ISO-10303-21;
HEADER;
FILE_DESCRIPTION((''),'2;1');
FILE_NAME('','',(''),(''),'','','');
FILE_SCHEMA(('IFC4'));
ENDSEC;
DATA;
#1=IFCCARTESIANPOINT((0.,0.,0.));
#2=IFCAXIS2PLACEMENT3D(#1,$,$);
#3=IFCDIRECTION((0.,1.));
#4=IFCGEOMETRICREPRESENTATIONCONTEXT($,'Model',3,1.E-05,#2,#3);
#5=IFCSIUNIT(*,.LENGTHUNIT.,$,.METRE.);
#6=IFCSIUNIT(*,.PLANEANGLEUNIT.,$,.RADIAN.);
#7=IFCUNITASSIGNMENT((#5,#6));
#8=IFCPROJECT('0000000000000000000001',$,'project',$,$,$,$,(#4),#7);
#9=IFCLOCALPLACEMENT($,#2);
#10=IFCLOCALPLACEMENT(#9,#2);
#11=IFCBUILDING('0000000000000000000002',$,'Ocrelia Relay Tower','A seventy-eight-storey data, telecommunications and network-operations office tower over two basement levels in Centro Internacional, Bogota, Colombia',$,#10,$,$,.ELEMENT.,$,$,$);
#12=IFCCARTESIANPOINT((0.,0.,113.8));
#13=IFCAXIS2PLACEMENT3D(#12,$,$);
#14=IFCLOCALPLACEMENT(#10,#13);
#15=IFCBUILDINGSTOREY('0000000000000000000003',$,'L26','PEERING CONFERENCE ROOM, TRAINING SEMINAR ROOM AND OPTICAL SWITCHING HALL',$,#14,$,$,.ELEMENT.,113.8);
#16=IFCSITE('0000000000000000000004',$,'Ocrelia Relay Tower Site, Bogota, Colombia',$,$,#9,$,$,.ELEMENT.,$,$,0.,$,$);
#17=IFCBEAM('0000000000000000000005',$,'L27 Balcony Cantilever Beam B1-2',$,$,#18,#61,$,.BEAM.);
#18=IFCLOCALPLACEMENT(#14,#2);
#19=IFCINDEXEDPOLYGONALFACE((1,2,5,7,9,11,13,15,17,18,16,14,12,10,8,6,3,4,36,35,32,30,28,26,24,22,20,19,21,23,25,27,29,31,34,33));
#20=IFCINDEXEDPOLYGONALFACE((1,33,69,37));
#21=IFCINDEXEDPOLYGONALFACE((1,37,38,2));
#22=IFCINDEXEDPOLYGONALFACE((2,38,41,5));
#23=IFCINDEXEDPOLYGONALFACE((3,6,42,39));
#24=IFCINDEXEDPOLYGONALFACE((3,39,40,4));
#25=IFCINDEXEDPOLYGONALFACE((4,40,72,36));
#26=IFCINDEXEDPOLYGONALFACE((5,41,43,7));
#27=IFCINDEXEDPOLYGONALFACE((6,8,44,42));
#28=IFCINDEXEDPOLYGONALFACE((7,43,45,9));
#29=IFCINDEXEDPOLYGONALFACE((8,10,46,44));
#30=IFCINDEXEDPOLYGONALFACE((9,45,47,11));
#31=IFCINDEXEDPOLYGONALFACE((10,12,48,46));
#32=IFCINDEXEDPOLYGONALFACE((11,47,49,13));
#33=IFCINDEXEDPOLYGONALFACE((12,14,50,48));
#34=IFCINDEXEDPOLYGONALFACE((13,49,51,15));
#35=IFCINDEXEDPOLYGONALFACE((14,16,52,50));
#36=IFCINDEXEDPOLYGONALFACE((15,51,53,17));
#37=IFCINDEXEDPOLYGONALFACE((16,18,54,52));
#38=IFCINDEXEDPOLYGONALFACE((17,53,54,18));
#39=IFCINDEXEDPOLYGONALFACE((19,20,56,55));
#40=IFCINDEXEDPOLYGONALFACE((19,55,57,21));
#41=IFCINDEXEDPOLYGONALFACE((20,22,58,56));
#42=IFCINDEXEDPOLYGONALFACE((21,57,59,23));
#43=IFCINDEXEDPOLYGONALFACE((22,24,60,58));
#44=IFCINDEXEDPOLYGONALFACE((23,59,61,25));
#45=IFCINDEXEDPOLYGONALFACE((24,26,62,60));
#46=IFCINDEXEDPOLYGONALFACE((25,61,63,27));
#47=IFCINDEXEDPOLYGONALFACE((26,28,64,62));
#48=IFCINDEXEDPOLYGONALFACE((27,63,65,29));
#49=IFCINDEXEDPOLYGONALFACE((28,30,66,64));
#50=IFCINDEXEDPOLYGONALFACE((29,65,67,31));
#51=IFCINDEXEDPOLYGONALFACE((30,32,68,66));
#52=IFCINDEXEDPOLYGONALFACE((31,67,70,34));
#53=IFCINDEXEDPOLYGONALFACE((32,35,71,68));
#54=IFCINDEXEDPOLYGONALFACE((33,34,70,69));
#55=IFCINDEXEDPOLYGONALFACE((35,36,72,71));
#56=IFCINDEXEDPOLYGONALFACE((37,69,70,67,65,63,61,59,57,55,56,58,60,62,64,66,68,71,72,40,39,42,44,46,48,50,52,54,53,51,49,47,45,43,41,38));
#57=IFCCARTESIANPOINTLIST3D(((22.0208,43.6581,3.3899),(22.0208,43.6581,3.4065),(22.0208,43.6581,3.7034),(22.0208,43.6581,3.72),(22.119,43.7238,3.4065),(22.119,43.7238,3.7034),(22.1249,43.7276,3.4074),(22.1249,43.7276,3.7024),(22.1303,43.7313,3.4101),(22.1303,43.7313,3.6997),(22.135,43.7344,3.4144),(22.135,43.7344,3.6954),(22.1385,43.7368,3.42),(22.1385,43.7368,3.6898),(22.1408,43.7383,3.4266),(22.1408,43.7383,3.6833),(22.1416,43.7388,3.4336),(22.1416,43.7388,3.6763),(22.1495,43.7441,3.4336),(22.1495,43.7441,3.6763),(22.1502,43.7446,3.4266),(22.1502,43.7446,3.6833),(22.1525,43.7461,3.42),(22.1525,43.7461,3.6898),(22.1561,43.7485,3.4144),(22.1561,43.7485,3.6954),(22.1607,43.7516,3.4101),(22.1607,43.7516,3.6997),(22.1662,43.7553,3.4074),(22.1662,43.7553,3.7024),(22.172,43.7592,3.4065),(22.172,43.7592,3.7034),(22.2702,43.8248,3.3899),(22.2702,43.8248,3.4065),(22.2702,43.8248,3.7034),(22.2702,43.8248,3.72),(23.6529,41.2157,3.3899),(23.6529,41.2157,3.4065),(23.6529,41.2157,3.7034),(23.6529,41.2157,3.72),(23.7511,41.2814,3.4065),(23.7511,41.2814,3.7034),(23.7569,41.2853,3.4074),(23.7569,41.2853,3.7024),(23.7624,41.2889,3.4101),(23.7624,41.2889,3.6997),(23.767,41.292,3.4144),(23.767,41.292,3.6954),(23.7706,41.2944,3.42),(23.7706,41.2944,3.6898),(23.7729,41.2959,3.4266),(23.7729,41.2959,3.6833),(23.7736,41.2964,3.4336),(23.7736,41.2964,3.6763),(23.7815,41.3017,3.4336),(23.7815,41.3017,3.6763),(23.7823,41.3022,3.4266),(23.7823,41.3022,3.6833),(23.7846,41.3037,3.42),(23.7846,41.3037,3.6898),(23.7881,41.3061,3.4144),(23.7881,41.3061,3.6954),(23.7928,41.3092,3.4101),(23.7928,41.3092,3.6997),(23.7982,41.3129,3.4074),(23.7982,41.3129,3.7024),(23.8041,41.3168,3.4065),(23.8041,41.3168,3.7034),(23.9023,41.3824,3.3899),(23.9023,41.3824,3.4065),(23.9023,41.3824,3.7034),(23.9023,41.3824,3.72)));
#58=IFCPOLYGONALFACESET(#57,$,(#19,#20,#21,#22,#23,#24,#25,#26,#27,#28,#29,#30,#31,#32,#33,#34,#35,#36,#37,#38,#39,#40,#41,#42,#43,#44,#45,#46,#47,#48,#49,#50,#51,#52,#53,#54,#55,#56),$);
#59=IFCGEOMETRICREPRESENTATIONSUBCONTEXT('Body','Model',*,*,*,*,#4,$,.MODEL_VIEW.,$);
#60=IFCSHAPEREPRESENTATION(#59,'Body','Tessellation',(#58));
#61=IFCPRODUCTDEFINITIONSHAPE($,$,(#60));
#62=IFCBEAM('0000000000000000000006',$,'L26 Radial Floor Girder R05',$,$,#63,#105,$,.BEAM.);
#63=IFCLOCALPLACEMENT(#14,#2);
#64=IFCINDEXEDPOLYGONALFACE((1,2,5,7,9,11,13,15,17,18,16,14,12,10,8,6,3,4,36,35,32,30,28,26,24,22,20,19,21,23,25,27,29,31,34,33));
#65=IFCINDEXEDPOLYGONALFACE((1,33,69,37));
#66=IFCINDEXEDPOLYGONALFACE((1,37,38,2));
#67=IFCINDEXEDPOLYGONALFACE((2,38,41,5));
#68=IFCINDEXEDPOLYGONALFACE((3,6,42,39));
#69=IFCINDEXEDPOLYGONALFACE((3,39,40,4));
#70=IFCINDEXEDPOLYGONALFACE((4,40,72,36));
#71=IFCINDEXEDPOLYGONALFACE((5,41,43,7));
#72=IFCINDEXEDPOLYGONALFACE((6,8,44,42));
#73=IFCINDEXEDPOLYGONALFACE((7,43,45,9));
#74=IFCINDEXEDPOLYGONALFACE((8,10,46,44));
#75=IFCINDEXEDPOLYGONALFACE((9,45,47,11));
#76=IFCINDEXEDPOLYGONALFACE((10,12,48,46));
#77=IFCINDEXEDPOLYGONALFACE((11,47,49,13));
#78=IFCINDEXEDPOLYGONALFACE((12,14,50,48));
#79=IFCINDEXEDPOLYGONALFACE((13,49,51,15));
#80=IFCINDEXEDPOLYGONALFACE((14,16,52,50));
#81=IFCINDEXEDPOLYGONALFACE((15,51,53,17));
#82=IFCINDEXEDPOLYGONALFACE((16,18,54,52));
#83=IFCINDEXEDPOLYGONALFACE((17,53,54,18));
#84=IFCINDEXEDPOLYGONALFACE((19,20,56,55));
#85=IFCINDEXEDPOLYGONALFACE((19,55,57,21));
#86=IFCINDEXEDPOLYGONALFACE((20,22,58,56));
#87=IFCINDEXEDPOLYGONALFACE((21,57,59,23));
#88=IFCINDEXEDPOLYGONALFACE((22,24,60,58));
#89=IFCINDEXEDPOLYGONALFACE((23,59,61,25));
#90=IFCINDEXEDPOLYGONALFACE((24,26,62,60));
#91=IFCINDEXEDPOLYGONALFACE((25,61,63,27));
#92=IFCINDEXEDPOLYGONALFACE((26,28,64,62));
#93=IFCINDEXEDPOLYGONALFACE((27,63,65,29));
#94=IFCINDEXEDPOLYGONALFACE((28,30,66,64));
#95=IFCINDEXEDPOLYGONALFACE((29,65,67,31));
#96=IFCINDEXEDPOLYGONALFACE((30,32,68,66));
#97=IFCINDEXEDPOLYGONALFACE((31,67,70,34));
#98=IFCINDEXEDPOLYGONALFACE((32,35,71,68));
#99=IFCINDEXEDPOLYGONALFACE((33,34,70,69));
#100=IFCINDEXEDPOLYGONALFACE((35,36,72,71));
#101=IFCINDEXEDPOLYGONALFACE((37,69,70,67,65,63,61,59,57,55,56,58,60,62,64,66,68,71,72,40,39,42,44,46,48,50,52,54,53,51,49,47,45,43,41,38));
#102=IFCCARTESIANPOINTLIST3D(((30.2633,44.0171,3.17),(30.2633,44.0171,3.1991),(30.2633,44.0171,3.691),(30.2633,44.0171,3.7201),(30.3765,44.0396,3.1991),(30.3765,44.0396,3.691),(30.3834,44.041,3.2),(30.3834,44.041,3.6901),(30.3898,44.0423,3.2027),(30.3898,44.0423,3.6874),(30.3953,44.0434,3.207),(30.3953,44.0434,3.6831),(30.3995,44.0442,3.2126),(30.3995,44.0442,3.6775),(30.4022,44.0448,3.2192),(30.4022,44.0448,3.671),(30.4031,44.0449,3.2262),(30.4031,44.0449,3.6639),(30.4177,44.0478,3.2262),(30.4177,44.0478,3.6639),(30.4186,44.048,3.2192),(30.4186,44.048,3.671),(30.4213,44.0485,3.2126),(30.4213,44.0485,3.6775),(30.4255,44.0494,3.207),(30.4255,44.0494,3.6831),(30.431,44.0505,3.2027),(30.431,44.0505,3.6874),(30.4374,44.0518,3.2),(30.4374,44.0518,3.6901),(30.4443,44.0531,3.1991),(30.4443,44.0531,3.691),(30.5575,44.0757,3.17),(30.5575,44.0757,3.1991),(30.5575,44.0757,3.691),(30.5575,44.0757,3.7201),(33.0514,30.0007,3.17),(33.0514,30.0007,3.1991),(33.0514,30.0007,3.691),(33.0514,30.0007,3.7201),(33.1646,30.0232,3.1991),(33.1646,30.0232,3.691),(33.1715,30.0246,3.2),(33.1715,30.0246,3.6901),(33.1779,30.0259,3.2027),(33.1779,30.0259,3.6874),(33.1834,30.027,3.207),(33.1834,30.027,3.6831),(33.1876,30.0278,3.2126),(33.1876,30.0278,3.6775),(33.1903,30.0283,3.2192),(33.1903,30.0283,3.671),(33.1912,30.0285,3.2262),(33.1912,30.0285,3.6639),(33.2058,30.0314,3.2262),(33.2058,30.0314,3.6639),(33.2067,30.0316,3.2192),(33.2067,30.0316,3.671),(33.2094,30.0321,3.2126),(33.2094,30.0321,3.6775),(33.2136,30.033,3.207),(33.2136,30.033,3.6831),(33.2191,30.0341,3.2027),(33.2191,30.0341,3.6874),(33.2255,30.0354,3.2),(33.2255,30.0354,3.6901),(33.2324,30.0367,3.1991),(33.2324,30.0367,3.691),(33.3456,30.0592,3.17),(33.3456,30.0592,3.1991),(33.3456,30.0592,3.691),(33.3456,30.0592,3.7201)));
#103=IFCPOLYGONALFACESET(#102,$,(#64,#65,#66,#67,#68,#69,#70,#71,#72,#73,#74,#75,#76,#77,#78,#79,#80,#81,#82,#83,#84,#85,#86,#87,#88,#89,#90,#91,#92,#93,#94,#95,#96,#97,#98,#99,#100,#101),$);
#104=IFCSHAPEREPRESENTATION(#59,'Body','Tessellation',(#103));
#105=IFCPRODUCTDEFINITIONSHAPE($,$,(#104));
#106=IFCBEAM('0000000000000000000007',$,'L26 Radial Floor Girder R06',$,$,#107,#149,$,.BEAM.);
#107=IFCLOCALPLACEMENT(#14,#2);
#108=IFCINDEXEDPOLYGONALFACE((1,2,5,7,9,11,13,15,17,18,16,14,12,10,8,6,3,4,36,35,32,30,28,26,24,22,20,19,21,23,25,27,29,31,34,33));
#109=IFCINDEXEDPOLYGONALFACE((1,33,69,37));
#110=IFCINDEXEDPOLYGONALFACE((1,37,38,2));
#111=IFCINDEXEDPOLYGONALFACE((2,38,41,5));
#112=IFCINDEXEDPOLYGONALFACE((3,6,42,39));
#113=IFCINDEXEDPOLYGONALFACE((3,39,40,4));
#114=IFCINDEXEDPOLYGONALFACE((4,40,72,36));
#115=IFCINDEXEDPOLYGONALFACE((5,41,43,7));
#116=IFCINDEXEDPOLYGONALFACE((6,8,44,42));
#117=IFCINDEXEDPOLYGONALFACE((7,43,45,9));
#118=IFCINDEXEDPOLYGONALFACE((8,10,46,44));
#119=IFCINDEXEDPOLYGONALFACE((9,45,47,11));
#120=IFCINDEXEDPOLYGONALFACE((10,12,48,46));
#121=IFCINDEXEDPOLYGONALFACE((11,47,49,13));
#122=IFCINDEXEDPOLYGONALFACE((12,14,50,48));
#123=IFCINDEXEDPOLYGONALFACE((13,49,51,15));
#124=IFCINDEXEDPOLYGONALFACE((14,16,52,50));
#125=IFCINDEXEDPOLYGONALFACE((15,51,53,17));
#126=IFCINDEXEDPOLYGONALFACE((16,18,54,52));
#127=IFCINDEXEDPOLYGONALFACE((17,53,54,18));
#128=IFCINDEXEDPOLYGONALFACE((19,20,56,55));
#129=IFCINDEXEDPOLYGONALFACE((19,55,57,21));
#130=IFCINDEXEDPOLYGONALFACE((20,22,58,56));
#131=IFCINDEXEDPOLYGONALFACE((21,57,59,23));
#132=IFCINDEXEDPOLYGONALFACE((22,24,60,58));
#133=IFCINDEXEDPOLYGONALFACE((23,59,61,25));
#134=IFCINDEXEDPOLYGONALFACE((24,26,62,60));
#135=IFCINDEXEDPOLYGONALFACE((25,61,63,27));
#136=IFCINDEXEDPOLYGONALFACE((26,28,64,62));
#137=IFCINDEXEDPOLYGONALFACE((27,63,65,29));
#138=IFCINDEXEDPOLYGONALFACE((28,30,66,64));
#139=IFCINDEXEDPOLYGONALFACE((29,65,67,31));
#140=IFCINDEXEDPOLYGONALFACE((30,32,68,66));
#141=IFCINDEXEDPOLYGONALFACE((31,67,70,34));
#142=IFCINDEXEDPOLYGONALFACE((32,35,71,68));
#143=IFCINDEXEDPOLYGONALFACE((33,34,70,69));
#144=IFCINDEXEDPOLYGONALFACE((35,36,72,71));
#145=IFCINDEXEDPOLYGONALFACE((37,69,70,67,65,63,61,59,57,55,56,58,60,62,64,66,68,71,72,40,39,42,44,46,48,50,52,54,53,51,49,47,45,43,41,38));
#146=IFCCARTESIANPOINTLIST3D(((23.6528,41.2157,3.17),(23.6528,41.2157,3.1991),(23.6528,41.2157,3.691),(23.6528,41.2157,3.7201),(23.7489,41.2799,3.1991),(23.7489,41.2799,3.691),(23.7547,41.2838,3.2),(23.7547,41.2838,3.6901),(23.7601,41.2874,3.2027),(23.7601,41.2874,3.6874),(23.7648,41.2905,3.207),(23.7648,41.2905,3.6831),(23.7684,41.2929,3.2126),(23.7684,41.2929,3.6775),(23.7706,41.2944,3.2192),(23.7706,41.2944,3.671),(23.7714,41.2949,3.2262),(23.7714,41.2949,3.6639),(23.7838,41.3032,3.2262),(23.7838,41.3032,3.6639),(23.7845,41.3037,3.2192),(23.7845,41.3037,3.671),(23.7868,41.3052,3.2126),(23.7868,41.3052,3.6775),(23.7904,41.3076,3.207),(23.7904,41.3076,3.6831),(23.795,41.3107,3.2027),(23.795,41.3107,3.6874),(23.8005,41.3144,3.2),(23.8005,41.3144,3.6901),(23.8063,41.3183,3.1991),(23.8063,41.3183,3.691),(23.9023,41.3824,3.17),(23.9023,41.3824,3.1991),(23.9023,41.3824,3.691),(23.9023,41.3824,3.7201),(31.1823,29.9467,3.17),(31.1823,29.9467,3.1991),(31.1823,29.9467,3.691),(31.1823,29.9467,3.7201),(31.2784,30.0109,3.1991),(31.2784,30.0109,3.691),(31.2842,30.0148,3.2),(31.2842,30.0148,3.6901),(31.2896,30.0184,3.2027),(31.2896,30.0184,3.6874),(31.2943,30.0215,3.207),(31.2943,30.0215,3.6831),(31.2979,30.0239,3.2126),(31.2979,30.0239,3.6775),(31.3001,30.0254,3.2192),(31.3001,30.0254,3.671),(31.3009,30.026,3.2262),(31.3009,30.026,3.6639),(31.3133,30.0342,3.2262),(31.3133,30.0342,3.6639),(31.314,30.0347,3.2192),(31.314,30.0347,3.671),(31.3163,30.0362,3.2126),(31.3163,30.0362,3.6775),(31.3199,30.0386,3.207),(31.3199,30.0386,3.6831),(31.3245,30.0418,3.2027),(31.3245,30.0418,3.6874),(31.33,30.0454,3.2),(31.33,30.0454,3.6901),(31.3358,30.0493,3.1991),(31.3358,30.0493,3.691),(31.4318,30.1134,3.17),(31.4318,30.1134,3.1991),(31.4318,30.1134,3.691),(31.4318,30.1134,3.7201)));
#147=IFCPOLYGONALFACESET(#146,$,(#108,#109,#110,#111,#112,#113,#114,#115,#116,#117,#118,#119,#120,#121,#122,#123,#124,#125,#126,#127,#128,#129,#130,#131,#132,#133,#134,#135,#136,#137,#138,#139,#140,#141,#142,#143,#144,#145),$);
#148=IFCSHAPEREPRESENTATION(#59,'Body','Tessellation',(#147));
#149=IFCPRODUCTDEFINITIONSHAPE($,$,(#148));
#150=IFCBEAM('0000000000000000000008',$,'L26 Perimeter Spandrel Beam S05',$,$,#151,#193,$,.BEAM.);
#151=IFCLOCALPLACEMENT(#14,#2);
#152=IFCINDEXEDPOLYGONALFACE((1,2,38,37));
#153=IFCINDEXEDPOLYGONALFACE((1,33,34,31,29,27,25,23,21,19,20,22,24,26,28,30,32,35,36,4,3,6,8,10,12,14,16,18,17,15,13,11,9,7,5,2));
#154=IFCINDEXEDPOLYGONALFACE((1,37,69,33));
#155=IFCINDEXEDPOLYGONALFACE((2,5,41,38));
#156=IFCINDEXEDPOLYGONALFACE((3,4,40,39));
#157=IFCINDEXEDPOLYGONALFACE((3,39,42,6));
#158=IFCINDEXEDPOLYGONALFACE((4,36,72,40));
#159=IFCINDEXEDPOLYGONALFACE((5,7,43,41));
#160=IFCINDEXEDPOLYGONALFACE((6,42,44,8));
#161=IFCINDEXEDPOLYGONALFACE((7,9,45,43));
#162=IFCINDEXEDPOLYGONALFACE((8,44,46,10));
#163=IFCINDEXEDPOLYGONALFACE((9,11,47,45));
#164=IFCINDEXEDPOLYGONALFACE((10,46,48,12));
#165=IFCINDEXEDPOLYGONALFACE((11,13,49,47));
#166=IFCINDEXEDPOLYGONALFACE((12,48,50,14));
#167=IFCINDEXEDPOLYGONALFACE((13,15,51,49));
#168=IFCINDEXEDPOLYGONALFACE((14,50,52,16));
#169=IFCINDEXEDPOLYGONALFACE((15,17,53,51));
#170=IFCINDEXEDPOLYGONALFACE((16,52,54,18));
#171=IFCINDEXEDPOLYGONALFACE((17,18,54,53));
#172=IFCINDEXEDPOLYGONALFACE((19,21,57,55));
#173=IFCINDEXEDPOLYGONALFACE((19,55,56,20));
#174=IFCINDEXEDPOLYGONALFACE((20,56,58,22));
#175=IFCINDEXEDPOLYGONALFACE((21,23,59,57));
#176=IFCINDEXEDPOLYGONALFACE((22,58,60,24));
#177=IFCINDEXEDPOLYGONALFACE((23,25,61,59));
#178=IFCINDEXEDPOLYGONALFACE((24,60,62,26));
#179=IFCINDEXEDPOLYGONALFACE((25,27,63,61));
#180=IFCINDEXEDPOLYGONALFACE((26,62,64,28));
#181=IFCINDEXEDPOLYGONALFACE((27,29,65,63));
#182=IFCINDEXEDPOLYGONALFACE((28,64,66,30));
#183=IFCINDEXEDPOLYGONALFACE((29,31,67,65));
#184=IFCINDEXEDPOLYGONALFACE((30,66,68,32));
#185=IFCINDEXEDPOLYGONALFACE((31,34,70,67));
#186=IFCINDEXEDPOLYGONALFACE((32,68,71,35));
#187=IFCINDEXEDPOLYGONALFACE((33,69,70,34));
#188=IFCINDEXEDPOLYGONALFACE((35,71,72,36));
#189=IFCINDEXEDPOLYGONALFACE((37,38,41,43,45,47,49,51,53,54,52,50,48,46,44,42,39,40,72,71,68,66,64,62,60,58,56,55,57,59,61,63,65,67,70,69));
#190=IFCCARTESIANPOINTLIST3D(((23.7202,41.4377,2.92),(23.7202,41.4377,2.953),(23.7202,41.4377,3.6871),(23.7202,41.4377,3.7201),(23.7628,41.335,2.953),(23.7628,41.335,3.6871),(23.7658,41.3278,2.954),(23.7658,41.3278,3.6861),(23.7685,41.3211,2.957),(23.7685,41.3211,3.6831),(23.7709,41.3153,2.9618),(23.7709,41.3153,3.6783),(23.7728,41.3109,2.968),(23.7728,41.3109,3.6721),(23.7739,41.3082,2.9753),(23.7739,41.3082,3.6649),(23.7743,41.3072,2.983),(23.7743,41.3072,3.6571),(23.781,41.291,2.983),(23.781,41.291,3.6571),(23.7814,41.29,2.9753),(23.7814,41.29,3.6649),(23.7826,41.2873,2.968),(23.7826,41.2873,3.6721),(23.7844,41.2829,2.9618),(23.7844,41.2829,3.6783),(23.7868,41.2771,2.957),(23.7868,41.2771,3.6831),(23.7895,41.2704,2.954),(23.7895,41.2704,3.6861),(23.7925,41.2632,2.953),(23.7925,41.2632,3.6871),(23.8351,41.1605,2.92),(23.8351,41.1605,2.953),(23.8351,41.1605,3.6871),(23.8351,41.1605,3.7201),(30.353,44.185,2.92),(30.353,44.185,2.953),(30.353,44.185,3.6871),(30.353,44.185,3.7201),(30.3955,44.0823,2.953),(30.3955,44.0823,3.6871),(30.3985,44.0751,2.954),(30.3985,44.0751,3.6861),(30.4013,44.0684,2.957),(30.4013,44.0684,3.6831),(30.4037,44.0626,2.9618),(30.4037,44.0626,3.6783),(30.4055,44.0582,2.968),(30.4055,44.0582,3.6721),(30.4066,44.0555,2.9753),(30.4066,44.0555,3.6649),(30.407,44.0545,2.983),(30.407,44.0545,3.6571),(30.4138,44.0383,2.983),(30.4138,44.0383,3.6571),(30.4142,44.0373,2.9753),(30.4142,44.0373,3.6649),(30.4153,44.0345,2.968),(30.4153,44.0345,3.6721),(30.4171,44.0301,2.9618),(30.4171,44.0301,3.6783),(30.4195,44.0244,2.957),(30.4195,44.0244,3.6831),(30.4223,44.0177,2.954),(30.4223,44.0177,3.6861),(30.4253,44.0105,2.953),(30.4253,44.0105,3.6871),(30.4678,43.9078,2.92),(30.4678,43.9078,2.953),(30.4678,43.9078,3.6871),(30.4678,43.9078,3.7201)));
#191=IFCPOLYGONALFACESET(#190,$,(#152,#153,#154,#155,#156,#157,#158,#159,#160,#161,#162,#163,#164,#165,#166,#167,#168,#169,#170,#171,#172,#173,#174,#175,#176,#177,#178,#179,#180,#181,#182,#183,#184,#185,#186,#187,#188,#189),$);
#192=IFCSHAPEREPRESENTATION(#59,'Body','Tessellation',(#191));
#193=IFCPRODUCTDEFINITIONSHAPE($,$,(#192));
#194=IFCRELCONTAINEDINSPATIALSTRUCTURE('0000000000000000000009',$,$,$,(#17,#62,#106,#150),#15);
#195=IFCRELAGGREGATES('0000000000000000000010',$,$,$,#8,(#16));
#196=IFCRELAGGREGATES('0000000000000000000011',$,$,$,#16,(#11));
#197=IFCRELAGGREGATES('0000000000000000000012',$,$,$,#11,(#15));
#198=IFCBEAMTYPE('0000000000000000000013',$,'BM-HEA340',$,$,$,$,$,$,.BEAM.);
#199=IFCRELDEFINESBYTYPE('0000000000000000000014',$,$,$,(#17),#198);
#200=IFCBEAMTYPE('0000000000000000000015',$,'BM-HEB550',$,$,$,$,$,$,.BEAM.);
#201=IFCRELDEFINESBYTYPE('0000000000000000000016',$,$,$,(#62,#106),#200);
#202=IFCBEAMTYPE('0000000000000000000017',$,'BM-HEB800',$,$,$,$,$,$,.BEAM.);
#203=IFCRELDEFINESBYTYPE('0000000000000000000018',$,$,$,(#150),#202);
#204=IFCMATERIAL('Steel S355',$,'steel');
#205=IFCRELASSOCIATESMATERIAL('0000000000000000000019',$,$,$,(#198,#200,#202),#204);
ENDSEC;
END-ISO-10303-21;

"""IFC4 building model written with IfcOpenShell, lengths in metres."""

from ifc_helpers import new_model, si_unit, direction, frame, origin, origin_2d, place, context, subcontext, project, spatial, i_section, extrude, material, material_profile, profile_set, type_object, element, save


model = new_model("IFC4")

# Units and contexts
model_context = context("Model", 3, precision=1e-05, world=origin(), true_north=direction((0.0, 1.0)))
body_context = subcontext(model_context, "Body", "Model", "MODEL_VIEW")
ifc_project = project(units=[si_unit("LENGTHUNIT", "METRE"), si_unit("PLANEANGLEUNIT", "RADIAN")], contexts=[model_context])

# Site, building, storey
site_placement = place(None, origin())
site = spatial("IfcSite", under=ifc_project, at=site_placement, Name="Ocrelia Relay Tower Site, Bogota, Colombia", CompositionType="ELEMENT", RefElevation=0.0)
building_placement = place(site_placement, origin())
building = spatial("IfcBuilding", under=site, at=building_placement, Name="Ocrelia Relay Tower", Description="A seventy-eight-storey data, telecommunications and network-operations office tower over two basement levels in Centro Internacional, Bogota, Colombia", CompositionType="ELEMENT")
storey_placement = place(building_placement, frame((0.0, 0.0, 113.8)))
storey = spatial("IfcBuildingStorey", under=building, at=storey_placement, Name="L26", Description="PEERING CONFERENCE ROOM, TRAINING SEMINAR ROOM AND OPTICAL SWITCHING HALL", CompositionType="ELEMENT", Elevation=113.8)

# Beams
ifc_material_1 = material(Name="Steel S355", Category="steel")
ifc_material_profile_1 = material_profile(ifc_material_1, i_section(OverallWidth=0.3, OverallDepth=0.3301, WebThickness=0.0095, FlangeThickness=0.0166, FilletRadius=0.0271, at=origin_2d()), Name="HEA 340")
ifc_profile_set_1 = profile_set([ifc_material_profile_1], Name="Steel S355")
beam_type_1 = type_object("IfcBeamType", Name="BM-HEA340", PredefinedType="BEAM", material=ifc_profile_set_1)
beam_1_placement = place(storey_placement, frame((23.7776, 41.2991, 3.5549), z_axis=(-0.555601, 0.831449, 0.0), x_axis=(-0.831449, -0.555601, 0.0)))
element("IfcBeam", 1, at=beam_1_placement, inside=storey, type_object=beam_type_1, Name="L27 Balcony Cantilever Beam B1-2", PredefinedType="BEAM", context=body_context, shape_type="SweptSolid", body=[
    extrude(i_section(OverallWidth=0.3, OverallDepth=0.3301, WebThickness=0.0095, FlangeThickness=0.0166, FilletRadius=0.0271, at=origin_2d()), origin(), (0.0, 0.0, 1.0), 2.9375),
])
ifc_material_profile_2 = material_profile(ifc_material_1, i_section(OverallWidth=0.3, OverallDepth=0.55, WebThickness=0.0149, FlangeThickness=0.0291, FilletRadius=0.0271, at=origin_2d()), Name="HEB 550")
ifc_profile_set_2 = profile_set([ifc_material_profile_2], Name="Steel S355")
beam_type_2 = type_object("IfcBeamType", Name="BM-HEB550", PredefinedType="BEAM", material=ifc_profile_set_2)
beam_2_placement = place(storey_placement, frame((30.4104, 44.0464, 3.4451), z_axis=(0.195094, -0.980784, 0.0), x_axis=(0.980784, 0.195094, 0.0)))
element("IfcBeam", 2, at=beam_2_placement, inside=storey, type_object=beam_type_2, Name="L26 Radial Floor Girder R05", PredefinedType="BEAM", context=body_context, shape_type="SweptSolid", body=[
    extrude(i_section(OverallWidth=0.3, OverallDepth=0.55, WebThickness=0.0149, FlangeThickness=0.0291, FilletRadius=0.0271, at=origin_2d()), origin(), (0.0, 0.0, 1.0), 14.291),
])
beam_3_placement = place(storey_placement, frame((23.7776, 41.2991, 3.4451), z_axis=(0.55556, -0.831476, 0.0), x_axis=(0.831476, 0.55556, 0.0)))
element("IfcBeam", 3, at=beam_3_placement, inside=storey, type_object=beam_type_2, Name="L26 Radial Floor Girder R06", PredefinedType="BEAM", context=body_context, shape_type="SweptSolid", body=[
    extrude(i_section(OverallWidth=0.3, OverallDepth=0.55, WebThickness=0.0149, FlangeThickness=0.0291, FilletRadius=0.0271, at=origin_2d()), origin(), (0.0, 0.0, 1.0), 13.553),
])
ifc_material_profile_3 = material_profile(ifc_material_1, i_section(OverallWidth=0.3, OverallDepth=0.8, WebThickness=0.0176, FlangeThickness=0.033, FilletRadius=0.03, at=origin_2d()), Name="HEB 800")
ifc_profile_set_3 = profile_set([ifc_material_profile_3], Name="Steel S355")
beam_type_3 = type_object("IfcBeamType", Name="BM-HEB800", PredefinedType="BEAM", material=ifc_profile_set_3)
beam_4_placement = place(storey_placement, frame((30.4104, 44.0464, 3.3201), z_axis=(-0.923884, -0.382673, 0.0), x_axis=(0.382673, -0.923884, 0.0)))
element("IfcBeam", 4, at=beam_4_placement, inside=storey, type_object=beam_type_3, Name="L26 Perimeter Spandrel Beam S05", PredefinedType="BEAM", context=body_context, shape_type="SweptSolid", body=[
    extrude(i_section(OverallWidth=0.3, OverallDepth=0.8, WebThickness=0.0176, FlangeThickness=0.033, FilletRadius=0.03, at=origin_2d()), origin(), (0.0, 0.0, 1.0), 7.1792),
])

save(model, "model.ifc")
